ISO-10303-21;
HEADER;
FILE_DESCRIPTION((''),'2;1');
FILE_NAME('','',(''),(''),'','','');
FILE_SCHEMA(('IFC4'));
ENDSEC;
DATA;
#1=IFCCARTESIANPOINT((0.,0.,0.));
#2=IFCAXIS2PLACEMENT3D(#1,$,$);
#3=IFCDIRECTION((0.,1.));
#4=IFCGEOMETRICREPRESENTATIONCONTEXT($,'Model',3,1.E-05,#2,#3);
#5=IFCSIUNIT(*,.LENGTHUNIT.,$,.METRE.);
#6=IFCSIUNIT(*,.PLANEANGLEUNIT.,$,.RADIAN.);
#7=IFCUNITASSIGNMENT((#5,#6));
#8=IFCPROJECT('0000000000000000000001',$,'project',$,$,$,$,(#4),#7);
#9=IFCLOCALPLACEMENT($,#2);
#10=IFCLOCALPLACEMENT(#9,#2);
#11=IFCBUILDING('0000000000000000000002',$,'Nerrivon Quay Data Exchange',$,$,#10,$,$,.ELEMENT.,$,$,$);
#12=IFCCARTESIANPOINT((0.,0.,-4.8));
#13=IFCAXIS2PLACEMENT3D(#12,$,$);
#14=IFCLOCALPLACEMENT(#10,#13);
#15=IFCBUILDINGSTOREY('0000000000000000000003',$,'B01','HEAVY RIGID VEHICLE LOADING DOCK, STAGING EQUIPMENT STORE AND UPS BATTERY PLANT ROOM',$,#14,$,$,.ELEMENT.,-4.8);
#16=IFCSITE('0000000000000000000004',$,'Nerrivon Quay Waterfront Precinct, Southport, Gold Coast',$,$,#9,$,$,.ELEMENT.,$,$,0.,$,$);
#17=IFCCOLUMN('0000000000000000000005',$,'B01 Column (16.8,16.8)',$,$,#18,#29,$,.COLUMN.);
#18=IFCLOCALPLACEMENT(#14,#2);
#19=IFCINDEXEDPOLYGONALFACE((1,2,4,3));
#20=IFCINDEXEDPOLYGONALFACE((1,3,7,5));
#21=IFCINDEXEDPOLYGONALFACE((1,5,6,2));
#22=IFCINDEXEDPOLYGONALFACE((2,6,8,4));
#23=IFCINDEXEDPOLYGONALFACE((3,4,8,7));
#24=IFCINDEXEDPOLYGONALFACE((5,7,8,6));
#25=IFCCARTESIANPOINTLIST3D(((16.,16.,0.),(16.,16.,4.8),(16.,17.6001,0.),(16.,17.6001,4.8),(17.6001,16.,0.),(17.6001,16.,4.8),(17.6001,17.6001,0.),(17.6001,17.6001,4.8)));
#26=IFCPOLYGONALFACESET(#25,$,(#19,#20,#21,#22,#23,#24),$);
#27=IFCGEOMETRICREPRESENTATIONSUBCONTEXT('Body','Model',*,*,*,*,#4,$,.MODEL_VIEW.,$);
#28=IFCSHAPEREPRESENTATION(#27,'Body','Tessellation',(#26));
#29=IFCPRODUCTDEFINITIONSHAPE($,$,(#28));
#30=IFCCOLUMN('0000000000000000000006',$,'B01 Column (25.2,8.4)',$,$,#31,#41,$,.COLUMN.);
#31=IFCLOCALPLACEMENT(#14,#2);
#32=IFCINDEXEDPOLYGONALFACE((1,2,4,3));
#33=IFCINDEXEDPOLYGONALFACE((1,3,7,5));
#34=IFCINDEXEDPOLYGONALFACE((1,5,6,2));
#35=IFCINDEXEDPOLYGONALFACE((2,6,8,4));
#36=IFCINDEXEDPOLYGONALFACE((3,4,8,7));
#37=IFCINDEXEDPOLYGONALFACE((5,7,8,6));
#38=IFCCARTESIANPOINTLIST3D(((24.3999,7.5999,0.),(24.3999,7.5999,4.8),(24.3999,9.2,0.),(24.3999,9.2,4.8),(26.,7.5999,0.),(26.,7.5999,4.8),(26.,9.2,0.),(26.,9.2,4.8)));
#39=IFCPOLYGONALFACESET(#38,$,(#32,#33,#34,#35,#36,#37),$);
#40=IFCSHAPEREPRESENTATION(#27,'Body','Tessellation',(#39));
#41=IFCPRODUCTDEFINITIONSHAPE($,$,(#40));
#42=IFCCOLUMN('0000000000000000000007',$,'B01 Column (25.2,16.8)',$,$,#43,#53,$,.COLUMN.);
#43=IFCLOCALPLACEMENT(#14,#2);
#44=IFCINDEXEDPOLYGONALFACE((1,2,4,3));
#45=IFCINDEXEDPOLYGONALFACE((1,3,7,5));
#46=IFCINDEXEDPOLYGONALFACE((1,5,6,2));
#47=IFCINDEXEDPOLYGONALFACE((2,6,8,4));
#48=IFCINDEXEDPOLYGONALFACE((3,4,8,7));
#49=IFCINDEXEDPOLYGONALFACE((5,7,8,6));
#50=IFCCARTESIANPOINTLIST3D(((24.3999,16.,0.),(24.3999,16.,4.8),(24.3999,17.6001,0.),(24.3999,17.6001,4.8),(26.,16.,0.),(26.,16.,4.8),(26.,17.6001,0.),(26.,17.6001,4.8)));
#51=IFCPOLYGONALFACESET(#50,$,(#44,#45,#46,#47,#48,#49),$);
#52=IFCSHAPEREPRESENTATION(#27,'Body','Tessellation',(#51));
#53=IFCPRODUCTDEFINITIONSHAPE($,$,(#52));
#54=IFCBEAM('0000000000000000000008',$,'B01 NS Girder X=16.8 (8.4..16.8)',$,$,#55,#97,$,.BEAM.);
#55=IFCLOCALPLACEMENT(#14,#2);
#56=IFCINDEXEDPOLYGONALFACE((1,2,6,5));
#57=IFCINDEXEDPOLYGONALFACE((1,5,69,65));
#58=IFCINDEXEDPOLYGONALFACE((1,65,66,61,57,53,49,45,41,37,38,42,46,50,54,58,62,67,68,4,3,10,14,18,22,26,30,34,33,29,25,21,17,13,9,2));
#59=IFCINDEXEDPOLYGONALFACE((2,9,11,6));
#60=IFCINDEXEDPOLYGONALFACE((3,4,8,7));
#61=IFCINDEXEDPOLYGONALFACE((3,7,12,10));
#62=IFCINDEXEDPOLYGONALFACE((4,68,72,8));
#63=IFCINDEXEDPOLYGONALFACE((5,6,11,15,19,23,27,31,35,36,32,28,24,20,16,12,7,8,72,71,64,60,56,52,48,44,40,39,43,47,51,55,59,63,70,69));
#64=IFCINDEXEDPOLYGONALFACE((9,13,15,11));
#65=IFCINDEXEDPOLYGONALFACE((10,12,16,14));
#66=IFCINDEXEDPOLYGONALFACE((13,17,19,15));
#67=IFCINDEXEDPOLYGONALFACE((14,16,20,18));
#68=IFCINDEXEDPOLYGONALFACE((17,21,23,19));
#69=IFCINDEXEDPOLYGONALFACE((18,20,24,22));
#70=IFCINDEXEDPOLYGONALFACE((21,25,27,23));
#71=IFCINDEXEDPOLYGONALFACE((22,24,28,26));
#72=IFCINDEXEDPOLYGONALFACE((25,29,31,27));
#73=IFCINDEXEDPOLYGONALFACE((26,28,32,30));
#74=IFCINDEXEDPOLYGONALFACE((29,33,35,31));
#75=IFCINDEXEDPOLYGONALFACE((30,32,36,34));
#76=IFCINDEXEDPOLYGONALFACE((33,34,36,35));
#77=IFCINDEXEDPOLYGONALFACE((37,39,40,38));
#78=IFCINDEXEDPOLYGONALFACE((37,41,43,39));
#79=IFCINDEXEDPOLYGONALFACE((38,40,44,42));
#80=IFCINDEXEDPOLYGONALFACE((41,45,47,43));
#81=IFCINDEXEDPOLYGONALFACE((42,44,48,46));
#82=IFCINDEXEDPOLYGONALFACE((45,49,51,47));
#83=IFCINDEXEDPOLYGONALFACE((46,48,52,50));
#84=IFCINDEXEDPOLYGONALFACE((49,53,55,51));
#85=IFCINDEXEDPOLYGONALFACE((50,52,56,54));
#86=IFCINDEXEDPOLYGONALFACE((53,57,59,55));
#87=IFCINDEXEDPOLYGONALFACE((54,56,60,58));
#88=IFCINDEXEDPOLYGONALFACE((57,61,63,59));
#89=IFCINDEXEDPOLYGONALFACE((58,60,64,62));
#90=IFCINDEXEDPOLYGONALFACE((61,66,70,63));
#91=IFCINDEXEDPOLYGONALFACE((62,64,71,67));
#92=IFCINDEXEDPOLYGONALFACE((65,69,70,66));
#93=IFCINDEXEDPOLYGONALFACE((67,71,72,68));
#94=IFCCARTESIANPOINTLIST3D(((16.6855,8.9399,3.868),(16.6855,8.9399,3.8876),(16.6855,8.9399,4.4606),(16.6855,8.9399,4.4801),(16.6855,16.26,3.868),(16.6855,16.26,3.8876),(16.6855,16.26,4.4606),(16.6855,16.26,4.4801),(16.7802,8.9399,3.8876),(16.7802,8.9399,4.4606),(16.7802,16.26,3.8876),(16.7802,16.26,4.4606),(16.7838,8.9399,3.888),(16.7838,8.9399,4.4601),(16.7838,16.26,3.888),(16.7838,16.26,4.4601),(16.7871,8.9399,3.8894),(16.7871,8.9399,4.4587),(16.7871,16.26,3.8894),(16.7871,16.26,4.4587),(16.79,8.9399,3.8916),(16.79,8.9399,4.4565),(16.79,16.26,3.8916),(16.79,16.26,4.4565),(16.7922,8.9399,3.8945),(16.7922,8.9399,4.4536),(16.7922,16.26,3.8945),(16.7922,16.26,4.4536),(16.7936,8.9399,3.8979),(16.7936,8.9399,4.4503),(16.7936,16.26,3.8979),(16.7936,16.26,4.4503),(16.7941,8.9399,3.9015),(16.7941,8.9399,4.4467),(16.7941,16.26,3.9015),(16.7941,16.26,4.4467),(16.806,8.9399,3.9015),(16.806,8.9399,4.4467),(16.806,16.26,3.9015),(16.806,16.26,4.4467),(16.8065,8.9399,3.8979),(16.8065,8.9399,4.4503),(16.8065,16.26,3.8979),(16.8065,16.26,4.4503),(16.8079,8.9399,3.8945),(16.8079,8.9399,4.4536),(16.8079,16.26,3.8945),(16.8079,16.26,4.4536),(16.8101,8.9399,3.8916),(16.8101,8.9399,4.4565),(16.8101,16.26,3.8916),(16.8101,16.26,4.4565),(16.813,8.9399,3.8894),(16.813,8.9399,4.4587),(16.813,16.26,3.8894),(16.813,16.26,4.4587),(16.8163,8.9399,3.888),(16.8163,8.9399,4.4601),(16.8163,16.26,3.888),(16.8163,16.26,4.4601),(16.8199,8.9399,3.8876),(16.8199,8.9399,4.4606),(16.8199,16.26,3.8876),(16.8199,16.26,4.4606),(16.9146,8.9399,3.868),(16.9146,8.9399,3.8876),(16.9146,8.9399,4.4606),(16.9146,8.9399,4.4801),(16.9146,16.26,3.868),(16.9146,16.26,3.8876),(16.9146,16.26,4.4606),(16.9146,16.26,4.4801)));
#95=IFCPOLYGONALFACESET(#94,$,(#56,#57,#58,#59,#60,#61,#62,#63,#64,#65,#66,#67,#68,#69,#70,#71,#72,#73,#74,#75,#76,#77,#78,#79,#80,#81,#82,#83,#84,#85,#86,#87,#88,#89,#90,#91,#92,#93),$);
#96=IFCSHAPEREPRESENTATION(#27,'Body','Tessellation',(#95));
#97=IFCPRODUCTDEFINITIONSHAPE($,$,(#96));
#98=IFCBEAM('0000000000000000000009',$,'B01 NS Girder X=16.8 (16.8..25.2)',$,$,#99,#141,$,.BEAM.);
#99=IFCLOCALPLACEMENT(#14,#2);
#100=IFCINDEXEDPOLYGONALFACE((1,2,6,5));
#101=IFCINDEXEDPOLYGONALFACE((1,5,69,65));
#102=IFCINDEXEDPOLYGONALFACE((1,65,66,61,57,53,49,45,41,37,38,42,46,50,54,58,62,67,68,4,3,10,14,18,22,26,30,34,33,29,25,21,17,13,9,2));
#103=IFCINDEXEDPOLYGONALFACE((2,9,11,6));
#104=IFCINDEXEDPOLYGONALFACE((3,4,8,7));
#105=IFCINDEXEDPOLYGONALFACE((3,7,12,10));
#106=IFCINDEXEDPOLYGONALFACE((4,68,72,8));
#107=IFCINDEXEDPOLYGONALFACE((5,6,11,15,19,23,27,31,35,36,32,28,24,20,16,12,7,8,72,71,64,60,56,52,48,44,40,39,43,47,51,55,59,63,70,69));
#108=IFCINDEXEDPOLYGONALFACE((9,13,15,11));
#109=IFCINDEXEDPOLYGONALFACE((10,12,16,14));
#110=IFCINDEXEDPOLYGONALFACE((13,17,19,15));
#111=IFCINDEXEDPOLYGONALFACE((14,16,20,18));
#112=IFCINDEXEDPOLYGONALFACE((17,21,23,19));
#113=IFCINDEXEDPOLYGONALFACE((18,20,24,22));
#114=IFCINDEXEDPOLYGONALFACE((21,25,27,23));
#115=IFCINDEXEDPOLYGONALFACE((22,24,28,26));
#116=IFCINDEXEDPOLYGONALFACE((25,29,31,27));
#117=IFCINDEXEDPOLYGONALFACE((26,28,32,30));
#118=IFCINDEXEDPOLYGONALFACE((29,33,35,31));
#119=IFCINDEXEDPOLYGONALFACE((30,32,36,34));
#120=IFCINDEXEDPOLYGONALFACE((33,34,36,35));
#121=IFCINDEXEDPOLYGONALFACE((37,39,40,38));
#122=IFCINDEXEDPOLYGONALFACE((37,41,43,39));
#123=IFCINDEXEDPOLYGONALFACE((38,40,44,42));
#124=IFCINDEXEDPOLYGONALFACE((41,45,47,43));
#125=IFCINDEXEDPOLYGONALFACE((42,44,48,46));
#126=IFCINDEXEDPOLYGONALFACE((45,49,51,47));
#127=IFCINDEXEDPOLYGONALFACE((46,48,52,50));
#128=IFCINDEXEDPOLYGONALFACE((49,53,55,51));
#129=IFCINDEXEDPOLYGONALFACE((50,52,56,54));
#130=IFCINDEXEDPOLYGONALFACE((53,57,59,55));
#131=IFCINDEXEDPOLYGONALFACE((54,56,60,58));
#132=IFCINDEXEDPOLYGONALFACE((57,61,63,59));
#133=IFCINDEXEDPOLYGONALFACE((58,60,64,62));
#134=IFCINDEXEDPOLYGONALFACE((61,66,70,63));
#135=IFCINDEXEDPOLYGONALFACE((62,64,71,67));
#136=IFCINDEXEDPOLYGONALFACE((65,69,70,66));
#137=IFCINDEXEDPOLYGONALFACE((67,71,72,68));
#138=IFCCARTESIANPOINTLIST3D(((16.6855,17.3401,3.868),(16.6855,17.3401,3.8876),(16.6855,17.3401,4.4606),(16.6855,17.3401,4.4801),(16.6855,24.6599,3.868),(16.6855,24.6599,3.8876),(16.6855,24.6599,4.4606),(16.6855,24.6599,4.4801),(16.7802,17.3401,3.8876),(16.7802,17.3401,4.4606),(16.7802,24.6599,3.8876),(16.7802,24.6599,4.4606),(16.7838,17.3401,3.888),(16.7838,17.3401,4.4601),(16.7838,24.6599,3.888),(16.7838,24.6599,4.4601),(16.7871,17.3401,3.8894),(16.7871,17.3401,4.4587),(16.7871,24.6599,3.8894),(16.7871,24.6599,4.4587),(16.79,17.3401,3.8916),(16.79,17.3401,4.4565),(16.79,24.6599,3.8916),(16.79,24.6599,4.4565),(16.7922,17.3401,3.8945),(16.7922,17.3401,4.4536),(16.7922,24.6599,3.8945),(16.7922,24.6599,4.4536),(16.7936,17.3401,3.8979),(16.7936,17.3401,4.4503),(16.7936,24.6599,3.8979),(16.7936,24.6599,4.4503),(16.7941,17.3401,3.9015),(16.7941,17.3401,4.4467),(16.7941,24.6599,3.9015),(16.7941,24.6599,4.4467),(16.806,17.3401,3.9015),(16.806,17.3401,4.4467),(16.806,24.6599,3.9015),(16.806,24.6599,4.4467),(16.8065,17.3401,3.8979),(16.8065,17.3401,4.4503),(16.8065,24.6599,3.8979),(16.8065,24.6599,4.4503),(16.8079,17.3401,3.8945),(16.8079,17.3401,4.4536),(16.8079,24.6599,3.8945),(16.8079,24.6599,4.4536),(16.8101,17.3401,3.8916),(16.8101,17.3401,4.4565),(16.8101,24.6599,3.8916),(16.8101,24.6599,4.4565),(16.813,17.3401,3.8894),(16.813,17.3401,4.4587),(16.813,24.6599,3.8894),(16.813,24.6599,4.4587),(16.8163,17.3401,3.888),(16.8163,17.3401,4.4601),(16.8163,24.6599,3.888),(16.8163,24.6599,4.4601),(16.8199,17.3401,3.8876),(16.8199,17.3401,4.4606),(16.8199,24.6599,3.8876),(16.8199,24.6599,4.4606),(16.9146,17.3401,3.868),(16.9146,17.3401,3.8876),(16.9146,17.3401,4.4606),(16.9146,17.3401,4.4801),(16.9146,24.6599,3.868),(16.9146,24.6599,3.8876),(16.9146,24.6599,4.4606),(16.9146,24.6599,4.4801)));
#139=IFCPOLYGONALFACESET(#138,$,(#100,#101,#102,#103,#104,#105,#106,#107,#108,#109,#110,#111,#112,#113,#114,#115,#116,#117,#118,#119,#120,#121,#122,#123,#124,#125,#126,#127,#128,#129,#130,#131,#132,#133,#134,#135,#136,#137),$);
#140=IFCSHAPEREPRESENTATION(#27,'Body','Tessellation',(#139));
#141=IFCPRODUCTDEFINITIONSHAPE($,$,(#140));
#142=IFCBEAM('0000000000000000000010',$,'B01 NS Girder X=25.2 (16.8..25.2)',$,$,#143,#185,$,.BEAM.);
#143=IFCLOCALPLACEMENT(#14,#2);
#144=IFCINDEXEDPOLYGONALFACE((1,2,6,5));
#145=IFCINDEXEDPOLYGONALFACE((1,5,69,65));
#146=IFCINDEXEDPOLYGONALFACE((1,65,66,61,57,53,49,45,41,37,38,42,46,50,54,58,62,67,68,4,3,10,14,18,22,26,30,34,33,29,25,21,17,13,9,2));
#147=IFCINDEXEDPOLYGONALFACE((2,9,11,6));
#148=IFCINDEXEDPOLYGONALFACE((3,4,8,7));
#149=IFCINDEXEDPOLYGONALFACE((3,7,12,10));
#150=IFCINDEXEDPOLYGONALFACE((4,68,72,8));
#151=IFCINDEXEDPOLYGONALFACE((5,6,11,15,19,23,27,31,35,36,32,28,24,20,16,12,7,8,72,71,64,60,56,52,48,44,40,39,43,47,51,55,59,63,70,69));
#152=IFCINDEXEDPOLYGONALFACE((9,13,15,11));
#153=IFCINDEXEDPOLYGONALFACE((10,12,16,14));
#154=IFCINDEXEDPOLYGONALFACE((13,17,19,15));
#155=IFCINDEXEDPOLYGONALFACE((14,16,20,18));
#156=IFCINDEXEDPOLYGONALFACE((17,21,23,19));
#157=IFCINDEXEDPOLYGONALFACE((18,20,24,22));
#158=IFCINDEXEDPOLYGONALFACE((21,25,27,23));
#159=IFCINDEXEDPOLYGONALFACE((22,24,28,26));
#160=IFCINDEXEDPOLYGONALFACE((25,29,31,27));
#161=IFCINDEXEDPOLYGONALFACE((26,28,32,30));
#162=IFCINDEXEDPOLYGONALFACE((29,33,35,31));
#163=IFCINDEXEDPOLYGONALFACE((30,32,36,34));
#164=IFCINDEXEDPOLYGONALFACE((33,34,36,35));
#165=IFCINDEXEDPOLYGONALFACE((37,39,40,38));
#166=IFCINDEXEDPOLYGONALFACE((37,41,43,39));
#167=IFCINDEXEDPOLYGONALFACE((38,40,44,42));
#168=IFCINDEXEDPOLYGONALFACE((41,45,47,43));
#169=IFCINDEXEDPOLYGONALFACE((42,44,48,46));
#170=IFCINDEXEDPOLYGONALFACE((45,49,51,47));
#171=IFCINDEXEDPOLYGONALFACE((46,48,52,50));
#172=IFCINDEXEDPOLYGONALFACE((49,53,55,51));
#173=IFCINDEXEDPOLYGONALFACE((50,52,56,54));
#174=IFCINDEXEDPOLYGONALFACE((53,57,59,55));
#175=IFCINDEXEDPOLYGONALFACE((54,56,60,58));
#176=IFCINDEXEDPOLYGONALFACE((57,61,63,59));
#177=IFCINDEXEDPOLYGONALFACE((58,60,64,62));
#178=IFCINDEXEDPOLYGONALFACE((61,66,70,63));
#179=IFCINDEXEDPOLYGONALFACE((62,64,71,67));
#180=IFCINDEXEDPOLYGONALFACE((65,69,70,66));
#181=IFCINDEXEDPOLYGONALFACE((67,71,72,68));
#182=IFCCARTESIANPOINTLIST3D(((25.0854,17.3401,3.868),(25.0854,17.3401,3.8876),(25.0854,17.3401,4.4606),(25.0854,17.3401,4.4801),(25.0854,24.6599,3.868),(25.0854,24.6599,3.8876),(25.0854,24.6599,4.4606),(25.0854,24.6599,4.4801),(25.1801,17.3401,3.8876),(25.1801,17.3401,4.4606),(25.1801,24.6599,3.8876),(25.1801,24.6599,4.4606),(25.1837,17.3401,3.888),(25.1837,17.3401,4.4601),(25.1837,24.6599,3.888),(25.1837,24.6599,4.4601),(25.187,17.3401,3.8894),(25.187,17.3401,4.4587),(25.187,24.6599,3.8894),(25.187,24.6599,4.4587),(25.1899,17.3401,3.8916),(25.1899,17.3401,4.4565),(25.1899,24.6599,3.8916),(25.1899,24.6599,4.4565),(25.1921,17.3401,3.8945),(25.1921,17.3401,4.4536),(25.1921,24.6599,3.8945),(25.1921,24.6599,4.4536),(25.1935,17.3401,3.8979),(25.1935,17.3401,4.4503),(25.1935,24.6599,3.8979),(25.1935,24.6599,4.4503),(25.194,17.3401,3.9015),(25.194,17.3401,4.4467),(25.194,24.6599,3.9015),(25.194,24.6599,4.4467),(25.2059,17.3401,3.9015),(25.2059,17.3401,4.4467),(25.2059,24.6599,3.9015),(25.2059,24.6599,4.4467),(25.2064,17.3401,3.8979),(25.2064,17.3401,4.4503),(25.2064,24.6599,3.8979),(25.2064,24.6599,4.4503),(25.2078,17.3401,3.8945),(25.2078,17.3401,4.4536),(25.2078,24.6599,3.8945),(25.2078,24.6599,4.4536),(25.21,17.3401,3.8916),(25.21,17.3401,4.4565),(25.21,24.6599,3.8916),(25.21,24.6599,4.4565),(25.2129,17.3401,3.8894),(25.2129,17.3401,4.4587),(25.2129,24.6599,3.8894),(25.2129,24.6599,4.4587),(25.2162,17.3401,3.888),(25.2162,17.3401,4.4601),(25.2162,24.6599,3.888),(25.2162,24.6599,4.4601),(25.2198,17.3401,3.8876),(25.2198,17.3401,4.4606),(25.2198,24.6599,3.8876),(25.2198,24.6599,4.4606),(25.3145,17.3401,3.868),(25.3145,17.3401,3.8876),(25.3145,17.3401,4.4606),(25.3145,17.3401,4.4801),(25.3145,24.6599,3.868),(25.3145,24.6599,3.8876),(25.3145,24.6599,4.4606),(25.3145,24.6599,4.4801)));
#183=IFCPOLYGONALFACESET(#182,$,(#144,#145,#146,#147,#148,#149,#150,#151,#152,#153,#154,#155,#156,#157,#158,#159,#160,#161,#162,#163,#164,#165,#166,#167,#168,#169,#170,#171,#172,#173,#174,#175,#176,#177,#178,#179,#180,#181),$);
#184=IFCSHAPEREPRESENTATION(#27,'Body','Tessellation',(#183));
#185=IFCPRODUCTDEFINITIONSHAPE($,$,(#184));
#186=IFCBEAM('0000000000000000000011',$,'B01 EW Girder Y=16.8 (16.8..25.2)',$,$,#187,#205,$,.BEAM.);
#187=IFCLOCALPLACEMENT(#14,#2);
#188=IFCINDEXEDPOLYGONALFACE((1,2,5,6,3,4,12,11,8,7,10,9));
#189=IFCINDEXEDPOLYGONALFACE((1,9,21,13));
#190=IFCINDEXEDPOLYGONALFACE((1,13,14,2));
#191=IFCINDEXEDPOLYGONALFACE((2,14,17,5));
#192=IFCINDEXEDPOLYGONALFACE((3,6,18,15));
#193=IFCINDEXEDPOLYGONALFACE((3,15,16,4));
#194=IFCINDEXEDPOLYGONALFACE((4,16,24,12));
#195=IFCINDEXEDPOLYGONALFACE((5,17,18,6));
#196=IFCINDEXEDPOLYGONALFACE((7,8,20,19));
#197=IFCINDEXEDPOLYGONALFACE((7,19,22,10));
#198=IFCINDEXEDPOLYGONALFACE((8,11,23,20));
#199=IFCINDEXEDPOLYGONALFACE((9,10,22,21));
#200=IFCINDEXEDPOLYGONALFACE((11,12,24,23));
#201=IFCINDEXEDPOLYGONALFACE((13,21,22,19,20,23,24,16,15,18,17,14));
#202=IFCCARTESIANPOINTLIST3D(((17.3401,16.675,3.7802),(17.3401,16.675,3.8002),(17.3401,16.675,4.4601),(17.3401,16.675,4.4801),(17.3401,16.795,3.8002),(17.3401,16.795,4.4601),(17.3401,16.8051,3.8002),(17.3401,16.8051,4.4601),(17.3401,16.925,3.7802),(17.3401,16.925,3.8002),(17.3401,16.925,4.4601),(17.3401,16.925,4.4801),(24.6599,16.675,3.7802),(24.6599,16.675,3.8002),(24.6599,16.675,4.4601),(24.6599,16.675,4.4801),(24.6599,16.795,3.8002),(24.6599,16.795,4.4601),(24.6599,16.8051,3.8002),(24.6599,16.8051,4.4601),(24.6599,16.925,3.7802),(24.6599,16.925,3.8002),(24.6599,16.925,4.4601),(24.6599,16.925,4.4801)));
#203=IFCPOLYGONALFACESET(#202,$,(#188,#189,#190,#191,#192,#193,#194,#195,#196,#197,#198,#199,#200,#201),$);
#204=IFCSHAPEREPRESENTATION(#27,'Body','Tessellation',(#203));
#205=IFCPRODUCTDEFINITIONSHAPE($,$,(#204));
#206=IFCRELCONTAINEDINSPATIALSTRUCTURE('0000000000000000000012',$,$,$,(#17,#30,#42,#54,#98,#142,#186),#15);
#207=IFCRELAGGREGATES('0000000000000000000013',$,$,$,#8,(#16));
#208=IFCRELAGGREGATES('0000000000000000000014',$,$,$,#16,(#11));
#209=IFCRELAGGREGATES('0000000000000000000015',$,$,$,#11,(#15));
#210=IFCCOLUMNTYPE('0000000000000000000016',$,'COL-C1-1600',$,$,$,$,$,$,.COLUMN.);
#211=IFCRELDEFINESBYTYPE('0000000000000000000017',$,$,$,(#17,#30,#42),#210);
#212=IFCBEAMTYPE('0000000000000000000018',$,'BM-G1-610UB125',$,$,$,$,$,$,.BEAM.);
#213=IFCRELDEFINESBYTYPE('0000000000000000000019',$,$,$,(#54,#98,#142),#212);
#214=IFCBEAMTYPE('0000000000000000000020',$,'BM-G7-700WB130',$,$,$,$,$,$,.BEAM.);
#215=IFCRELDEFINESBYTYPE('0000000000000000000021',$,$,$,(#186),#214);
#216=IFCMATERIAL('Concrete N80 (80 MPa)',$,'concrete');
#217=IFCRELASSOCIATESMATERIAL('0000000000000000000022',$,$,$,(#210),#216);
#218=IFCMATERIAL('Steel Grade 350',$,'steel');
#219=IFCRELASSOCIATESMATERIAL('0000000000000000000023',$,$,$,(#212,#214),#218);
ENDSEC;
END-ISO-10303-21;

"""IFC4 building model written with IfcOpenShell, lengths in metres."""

from ifc_helpers import new_model, si_unit, direction, frame, origin, origin_2d, place, context, subcontext, project, spatial, rectangle, i_section, extrude, material, material_profile, profile_set, type_object, element, save


model = new_model("IFC4")

# Units and contexts
model_context = context("Model", 3, precision=1e-05, world=origin(), true_north=direction((0.0, 1.0)))
body_context = subcontext(model_context, "Body", "Model", "MODEL_VIEW")
ifc_project = project(units=[si_unit("LENGTHUNIT", "METRE"), si_unit("PLANEANGLEUNIT", "RADIAN")], contexts=[model_context])

# Site, building, storey
site_placement = place(None, origin())
site = spatial("IfcSite", under=ifc_project, at=site_placement, Name="Nerrivon Quay Waterfront Precinct, Southport, Gold Coast", CompositionType="ELEMENT", RefElevation=0.0)
building_placement = place(site_placement, origin())
building = spatial("IfcBuilding", under=site, at=building_placement, Name="Nerrivon Quay Data Exchange", CompositionType="ELEMENT")
storey_placement = place(building_placement, frame((0.0, 0.0, -4.8)))
storey = spatial("IfcBuildingStorey", under=building, at=storey_placement, Name="B01", Description="HEAVY RIGID VEHICLE LOADING DOCK, STAGING EQUIPMENT STORE AND UPS BATTERY PLANT ROOM", CompositionType="ELEMENT", Elevation=-4.8)

# Columns
ifc_material_1 = material(Name="Concrete N80 (80 MPa)", Category="concrete")
ifc_material_profile_1 = material_profile(ifc_material_1, rectangle(XDim=1.6001, YDim=1.6001, at=origin_2d()), Name="RC-COL-1600x1600")
ifc_profile_set_1 = profile_set([ifc_material_profile_1], Name="Concrete N80 (80 MPa)")
column_type = type_object("IfcColumnType", Name="COL-C1-1600", PredefinedType="COLUMN", material=ifc_profile_set_1)
for number, where, z_axis, x_axis, name in (
    (1, (16.8, 16.8, 0.0), (0.0, 0.0, 1.0), (1.0, 0.0, 0.0), "B01 Column (16.8,16.8)"),
    (2, (25.2, 8.3999, 0.0), (0.0, 0.0, 1.0), (1.0, 0.0, 0.0), "B01 Column (25.2,8.4)"),
    (3, (25.2, 16.8, 0.0), (0.0, 0.0, 1.0), (1.0, 0.0, 0.0), "B01 Column (25.2,16.8)"),
):
    element("IfcColumn", number, at=place(storey_placement, frame(where, z_axis=z_axis, x_axis=x_axis)), inside=storey, type_object=column_type, Name=name, PredefinedType="COLUMN", context=body_context, shape_type="SweptSolid", body=[
        extrude(rectangle(XDim=1.6001, YDim=1.6001, at=origin_2d()), origin(), (0.0, 0.0, 1.0), 4.8),
    ])

# Beams
ifc_material_2 = material(Name="Steel Grade 350", Category="steel")
ifc_material_profile_2 = material_profile(ifc_material_2, i_section(OverallWidth=0.229, OverallDepth=0.6121, WebThickness=0.012, FlangeThickness=0.0195, FilletRadius=0.0139, at=origin_2d()), Name="610UB125")
ifc_profile_set_2 = profile_set([ifc_material_profile_2], Name="Steel Grade 350")
beam_type_1 = type_object("IfcBeamType", Name="BM-G1-610UB125", PredefinedType="BEAM", material=ifc_profile_set_2)
beam_1_placement = place(storey_placement, frame((16.8, 8.9399, 4.1741), z_axis=(0.0, 1.0, 0.0), x_axis=(-1.0, 0.0, 0.0)))
element("IfcBeam", 4, at=beam_1_placement, inside=storey, type_object=beam_type_1, Name="B01 NS Girder X=16.8 (8.4..16.8)", PredefinedType="BEAM", context=body_context, shape_type="SweptSolid", body=[
    extrude(i_section(OverallWidth=0.229, OverallDepth=0.6121, WebThickness=0.012, FlangeThickness=0.0195, FilletRadius=0.0139, at=origin_2d()), origin(), (0.0, 0.0, 1.0), 7.3201),
])
for number, where, z_axis, x_axis, name in (
    (5, (16.8, 17.3401, 4.1741), (0.0, 1.0, 0.0), (-1.0, 0.0, 0.0), "B01 NS Girder X=16.8 (16.8..25.2)"),
    (6, (25.2, 17.3401, 4.1741), (0.0, 1.0, 0.0), (-1.0, 0.0, 0.0), "B01 NS Girder X=25.2 (16.8..25.2)"),
):
    element("IfcBeam", number, at=place(storey_placement, frame(where, z_axis=z_axis, x_axis=x_axis)), inside=storey, type_object=beam_type_1, Name=name, PredefinedType="BEAM", context=body_context, shape_type="SweptSolid", body=[
        extrude(i_section(OverallWidth=0.229, OverallDepth=0.6121, WebThickness=0.012, FlangeThickness=0.0195, FilletRadius=0.0139, at=origin_2d()), origin(), (0.0, 0.0, 1.0), 7.3198),
    ])
ifc_material_profile_3 = material_profile(ifc_material_2, i_section(OverallWidth=0.25, OverallDepth=0.7, WebThickness=0.01, FlangeThickness=0.02, at=origin_2d()), Name="700WB130")
ifc_profile_set_3 = profile_set([ifc_material_profile_3], Name="Steel Grade 350")
beam_type_2 = type_object("IfcBeamType", Name="BM-G7-700WB130", PredefinedType="BEAM", material=ifc_profile_set_3)
beam_2_placement = place(storey_placement, frame((17.3401, 16.8, 4.1301), z_axis=(1.0, 0.0, 0.0), x_axis=(0.0, 1.0, 0.0)))
element("IfcBeam", 7, at=beam_2_placement, inside=storey, type_object=beam_type_2, Name="B01 EW Girder Y=16.8 (16.8..25.2)", PredefinedType="BEAM", context=body_context, shape_type="SweptSolid", body=[
    extrude(i_section(OverallWidth=0.25, OverallDepth=0.7, WebThickness=0.01, FlangeThickness=0.02, at=origin_2d()), origin(), (0.0, 0.0, 1.0), 7.3198),
])

save(model, "model.ifc")
